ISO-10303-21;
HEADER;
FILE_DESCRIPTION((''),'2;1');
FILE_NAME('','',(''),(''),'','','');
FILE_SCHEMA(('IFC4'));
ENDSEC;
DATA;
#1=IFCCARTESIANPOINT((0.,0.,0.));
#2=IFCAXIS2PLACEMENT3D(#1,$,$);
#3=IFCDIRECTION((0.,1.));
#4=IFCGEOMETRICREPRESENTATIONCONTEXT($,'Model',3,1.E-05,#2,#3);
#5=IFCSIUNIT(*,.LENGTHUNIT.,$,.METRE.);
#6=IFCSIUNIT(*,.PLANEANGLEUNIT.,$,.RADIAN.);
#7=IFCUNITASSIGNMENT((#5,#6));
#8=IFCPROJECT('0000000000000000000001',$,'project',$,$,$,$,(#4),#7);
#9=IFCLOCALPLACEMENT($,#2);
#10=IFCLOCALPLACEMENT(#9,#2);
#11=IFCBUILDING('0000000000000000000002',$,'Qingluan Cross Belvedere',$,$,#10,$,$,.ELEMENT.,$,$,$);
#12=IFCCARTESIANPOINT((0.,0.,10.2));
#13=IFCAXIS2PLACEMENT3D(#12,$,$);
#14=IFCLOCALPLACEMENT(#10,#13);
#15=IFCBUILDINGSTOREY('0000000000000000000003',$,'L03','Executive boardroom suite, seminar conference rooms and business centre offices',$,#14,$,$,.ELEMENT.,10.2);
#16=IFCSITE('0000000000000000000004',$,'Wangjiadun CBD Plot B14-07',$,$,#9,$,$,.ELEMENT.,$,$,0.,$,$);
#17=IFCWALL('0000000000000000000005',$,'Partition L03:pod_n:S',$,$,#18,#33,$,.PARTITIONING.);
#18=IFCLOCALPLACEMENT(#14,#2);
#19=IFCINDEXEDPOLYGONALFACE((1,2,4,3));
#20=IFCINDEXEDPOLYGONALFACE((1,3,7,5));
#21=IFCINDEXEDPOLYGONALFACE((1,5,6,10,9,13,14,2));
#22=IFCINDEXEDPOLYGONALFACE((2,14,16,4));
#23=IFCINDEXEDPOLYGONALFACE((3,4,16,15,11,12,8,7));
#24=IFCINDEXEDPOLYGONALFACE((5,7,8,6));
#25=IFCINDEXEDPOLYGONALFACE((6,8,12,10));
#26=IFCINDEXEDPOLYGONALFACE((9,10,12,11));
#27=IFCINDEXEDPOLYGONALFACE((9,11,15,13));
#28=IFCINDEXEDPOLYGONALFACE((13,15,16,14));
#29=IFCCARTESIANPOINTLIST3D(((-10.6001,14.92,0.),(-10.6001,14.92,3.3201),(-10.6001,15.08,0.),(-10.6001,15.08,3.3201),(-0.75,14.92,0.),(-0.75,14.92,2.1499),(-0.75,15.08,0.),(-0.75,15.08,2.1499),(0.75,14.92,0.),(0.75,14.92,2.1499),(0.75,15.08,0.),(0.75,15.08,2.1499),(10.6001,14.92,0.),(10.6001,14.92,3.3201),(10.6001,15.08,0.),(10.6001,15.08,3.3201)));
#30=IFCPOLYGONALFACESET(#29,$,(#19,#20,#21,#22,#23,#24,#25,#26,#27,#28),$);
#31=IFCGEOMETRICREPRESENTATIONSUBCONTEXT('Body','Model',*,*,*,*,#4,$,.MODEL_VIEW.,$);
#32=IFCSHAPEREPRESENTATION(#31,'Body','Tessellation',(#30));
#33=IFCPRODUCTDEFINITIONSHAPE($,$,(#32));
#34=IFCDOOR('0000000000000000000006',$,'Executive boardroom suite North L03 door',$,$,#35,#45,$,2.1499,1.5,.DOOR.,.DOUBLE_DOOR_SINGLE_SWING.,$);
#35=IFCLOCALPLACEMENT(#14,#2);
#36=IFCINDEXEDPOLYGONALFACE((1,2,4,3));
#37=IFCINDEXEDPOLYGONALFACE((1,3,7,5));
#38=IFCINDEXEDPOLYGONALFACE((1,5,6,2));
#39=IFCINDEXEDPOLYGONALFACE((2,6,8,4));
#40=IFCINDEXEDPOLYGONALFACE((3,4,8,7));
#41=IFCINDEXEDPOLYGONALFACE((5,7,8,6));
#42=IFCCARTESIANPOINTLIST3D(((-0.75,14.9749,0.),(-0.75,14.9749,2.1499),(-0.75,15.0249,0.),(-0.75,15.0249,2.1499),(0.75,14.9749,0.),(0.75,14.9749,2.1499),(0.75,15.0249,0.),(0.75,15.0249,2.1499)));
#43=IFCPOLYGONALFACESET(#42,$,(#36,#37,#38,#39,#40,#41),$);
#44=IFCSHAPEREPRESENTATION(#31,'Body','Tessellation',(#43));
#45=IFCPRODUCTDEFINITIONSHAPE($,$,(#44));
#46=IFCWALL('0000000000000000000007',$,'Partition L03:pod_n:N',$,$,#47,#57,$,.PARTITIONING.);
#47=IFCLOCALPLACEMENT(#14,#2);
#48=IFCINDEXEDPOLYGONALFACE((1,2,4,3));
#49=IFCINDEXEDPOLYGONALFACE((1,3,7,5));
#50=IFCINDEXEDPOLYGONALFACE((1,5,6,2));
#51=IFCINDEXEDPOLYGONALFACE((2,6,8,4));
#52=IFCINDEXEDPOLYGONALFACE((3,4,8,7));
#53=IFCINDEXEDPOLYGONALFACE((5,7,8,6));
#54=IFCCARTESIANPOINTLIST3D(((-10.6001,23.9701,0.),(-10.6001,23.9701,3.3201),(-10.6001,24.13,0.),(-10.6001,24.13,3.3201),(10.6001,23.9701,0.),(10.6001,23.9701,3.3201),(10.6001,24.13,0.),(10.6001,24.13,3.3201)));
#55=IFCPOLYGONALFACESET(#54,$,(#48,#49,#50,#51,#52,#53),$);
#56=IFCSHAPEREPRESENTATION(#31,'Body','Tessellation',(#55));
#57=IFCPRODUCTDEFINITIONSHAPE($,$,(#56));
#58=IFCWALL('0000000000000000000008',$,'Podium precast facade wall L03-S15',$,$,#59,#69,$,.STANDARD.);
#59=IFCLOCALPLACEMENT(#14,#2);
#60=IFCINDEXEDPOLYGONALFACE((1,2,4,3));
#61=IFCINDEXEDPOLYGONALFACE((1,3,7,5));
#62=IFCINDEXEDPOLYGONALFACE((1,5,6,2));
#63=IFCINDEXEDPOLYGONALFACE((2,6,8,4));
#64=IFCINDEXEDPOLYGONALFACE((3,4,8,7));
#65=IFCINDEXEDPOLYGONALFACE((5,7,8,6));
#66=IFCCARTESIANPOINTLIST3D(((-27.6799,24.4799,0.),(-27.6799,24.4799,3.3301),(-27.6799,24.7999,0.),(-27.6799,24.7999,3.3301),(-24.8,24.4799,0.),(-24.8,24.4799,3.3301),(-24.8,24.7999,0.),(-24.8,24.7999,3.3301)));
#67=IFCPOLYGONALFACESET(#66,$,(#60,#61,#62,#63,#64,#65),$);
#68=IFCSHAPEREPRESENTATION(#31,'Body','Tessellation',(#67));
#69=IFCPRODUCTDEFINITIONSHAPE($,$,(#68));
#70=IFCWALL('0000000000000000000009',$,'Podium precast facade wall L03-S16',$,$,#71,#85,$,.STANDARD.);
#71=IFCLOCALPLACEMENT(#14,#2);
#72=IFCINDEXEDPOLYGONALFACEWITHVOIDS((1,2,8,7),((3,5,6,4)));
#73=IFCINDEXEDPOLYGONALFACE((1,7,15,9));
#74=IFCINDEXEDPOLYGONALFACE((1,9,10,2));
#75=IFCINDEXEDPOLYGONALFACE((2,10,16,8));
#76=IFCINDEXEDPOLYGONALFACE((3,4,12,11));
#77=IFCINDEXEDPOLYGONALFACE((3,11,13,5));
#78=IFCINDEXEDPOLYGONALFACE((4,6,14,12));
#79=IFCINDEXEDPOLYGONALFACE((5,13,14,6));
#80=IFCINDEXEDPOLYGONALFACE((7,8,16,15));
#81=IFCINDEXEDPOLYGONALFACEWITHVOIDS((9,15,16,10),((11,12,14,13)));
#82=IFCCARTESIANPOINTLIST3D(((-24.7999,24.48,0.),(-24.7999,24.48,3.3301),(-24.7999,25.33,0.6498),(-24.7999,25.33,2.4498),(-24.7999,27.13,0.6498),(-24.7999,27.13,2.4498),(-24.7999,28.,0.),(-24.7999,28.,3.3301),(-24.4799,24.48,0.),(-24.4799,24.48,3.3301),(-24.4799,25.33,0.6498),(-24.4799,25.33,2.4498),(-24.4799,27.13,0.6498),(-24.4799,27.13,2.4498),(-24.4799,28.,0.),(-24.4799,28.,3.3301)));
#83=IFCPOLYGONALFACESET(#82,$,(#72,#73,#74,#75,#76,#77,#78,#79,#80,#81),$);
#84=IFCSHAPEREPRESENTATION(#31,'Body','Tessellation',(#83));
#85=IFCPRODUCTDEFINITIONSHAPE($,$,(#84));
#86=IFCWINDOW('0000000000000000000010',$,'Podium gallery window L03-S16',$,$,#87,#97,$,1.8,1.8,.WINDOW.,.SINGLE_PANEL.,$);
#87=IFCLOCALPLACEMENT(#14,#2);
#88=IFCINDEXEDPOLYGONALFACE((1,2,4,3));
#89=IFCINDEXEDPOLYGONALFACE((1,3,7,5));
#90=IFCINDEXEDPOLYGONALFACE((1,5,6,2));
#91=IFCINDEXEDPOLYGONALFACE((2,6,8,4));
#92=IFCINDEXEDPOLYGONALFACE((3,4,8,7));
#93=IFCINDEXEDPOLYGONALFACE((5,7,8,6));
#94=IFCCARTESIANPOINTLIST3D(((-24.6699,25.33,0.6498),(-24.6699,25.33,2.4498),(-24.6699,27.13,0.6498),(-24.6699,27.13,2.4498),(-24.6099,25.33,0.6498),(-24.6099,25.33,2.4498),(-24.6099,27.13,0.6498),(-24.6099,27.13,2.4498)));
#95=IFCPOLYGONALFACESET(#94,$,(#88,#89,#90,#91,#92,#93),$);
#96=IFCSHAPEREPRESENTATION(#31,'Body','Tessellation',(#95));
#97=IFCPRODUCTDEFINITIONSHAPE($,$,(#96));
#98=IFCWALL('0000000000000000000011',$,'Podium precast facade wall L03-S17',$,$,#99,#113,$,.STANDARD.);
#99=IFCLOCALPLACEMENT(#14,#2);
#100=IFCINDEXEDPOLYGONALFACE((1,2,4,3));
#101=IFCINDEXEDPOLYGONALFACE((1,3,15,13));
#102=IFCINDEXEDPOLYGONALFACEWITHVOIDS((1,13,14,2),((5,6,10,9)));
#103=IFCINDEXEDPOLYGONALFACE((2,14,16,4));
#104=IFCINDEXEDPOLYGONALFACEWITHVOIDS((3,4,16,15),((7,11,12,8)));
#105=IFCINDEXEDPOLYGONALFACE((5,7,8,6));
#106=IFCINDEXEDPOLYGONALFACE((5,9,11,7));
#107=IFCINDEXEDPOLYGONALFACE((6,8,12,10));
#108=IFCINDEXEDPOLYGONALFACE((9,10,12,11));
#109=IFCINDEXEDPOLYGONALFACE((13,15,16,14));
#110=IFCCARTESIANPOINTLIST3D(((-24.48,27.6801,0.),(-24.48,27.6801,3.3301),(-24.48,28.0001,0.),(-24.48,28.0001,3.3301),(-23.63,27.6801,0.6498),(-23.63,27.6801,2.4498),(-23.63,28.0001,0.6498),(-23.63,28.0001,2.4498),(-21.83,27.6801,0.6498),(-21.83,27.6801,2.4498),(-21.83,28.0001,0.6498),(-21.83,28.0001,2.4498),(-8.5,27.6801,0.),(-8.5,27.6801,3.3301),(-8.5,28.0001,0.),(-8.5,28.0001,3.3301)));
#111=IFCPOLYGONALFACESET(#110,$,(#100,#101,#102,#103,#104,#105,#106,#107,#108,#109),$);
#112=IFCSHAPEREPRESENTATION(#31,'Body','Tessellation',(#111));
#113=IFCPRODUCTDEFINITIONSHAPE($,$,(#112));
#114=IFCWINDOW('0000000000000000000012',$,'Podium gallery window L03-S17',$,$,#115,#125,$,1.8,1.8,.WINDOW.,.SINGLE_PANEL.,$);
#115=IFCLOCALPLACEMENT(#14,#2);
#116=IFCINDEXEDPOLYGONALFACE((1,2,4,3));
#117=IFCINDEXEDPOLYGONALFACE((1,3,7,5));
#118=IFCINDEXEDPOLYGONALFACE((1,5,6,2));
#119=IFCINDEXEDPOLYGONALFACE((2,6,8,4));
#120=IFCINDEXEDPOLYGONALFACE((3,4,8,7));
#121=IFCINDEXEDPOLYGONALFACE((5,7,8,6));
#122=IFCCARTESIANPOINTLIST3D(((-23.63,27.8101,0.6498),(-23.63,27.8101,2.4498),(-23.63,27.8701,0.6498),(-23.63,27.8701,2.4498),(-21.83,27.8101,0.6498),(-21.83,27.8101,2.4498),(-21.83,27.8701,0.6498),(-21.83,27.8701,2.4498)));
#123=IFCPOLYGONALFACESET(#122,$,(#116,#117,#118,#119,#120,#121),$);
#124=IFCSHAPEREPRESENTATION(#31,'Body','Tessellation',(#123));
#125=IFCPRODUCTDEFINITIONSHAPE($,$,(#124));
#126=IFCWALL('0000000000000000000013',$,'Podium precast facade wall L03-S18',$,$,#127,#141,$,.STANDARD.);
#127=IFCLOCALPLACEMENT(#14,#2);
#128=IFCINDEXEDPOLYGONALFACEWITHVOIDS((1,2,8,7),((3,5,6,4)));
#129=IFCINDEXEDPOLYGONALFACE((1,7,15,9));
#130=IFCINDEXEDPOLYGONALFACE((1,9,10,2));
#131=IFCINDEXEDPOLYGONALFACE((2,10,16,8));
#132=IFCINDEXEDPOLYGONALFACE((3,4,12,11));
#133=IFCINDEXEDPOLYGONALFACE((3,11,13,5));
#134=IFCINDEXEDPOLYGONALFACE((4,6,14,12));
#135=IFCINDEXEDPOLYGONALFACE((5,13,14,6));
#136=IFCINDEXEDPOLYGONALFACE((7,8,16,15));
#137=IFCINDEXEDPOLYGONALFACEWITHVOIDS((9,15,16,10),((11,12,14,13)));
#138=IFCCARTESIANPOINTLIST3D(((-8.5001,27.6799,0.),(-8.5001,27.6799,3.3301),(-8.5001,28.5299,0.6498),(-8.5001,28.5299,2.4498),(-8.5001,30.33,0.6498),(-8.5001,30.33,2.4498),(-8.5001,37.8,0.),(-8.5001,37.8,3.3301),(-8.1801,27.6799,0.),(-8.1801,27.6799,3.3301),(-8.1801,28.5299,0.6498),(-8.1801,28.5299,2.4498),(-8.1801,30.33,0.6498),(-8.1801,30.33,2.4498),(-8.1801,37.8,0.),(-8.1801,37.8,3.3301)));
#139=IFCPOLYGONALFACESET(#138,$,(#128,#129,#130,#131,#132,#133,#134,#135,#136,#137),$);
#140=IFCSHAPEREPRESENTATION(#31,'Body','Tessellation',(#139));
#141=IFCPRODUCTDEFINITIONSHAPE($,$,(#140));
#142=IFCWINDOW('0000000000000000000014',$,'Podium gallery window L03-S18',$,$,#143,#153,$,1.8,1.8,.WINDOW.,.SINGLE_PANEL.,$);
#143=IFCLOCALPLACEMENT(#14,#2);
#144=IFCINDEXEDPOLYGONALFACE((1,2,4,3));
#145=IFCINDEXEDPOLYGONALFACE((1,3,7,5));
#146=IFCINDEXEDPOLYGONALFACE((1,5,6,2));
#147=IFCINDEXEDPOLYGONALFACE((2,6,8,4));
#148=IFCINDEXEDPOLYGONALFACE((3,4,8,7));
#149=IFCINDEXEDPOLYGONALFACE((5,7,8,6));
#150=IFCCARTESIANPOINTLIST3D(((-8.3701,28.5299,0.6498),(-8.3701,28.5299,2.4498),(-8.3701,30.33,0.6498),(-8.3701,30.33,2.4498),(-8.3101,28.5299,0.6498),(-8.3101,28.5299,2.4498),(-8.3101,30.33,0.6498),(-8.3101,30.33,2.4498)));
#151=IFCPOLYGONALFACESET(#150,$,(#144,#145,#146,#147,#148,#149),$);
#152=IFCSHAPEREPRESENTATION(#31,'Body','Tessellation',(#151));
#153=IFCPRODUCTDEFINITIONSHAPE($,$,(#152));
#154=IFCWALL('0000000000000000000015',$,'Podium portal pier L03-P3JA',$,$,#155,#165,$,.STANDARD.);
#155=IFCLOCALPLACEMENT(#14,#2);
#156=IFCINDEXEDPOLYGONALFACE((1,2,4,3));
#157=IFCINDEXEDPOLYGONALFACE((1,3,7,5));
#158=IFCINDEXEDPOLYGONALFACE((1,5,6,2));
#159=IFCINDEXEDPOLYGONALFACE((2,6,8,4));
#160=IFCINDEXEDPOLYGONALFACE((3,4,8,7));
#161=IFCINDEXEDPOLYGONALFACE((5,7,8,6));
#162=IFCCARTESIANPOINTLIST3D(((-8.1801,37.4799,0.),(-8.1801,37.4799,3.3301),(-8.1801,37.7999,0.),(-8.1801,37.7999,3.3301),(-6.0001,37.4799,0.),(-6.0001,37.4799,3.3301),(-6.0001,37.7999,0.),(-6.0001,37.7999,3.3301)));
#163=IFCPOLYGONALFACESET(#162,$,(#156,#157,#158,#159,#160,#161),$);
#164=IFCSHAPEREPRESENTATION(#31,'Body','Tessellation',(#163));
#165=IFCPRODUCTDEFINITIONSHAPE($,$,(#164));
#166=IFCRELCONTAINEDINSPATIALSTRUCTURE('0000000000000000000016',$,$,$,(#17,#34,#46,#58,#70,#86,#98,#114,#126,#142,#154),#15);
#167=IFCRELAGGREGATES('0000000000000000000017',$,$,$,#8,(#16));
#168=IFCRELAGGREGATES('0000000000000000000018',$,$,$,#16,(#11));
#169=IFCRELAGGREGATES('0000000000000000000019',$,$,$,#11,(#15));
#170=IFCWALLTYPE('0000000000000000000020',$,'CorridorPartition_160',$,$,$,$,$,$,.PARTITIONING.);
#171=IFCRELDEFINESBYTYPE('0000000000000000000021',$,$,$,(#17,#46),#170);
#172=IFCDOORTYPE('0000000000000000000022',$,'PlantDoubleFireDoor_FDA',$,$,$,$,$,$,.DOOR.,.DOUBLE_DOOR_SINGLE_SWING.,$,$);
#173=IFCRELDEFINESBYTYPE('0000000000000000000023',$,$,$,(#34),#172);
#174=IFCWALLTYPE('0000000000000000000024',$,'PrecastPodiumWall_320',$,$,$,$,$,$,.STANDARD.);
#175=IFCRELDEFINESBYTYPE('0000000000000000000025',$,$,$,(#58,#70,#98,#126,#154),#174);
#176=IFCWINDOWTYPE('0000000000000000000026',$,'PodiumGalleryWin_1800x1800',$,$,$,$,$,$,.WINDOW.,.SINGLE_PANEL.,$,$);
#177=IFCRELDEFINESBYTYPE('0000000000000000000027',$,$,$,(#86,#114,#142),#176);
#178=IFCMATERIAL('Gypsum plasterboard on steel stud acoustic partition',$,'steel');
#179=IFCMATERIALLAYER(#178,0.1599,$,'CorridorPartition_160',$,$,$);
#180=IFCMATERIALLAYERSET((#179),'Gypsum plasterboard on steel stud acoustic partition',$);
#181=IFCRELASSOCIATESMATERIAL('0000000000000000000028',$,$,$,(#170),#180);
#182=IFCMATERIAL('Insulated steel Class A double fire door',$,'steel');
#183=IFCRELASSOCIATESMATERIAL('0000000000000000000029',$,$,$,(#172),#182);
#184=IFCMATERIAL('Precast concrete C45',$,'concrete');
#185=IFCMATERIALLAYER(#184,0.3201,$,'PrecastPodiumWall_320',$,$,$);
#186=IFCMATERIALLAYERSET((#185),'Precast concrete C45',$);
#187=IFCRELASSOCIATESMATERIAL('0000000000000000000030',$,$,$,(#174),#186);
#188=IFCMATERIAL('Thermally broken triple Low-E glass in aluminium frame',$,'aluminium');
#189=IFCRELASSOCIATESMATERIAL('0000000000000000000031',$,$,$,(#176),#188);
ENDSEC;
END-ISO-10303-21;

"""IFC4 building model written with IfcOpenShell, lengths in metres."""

from ifc_helpers import new_model, si_unit, direction, frame, frame_2d, origin, place, context, subcontext, project, spatial, rectangle, extrude, material, layer, layer_set, type_object, element, fill, save


model = new_model("IFC4")

# Units and contexts
model_context = context("Model", 3, precision=1e-05, world=origin(), true_north=direction((0.0, 1.0)))
body_context = subcontext(model_context, "Body", "Model", "MODEL_VIEW")
ifc_project = project(units=[si_unit("LENGTHUNIT", "METRE"), si_unit("PLANEANGLEUNIT", "RADIAN")], contexts=[model_context])

# Site, building, storey
site_placement = place(None, origin())
site = spatial("IfcSite", under=ifc_project, at=site_placement, Name="Wangjiadun CBD Plot B14-07", CompositionType="ELEMENT", RefElevation=0.0)
building_placement = place(site_placement, origin())
building = spatial("IfcBuilding", under=site, at=building_placement, Name="Qingluan Cross Belvedere", CompositionType="ELEMENT")
storey_placement = place(building_placement, frame((0.0, 0.0, 10.2)))
storey = spatial("IfcBuildingStorey", under=building, at=storey_placement, Name="L03", Description="Executive boardroom suite, seminar conference rooms and business centre offices", CompositionType="ELEMENT", Elevation=10.2)

# Wall, opening, door
ifc_material_1 = material(Name="Gypsum plasterboard on steel stud acoustic partition", Category="steel")
ifc_layer_1 = layer(ifc_material_1, 0.1599, Name="CorridorPartition_160")
ifc_layer_set_1 = layer_set([ifc_layer_1], Name="Gypsum plasterboard on steel stud acoustic partition")
wall_type_1 = type_object("IfcWallType", Name="CorridorPartition_160", PredefinedType="PARTITIONING", material=ifc_layer_set_1)
wall_1_placement = place(storey_placement, frame((-10.6001, 15.0, 0.0), z_axis=(0.0, 0.0, 1.0), x_axis=(1.0, 0.0, 0.0)))
wall_1 = element("IfcWall", 1, at=wall_1_placement, inside=storey, type_object=wall_type_1, Name="Partition L03:pod_n:S", PredefinedType="PARTITIONING", context=body_context, shape_type="SweptSolid", body=[
    extrude(rectangle(XDim=21.2002, YDim=0.1599, at=frame_2d((10.6001, 0.0))), origin(), (0.0, 0.0, 1.0), 3.3201),
])
opening_1_placement = place(wall_1_placement, frame((9.8501, 0.0, 0.0)))
opening_1 = element("IfcOpeningElement", 2, at=opening_1_placement, cuts=wall_1, PredefinedType="OPENING", context=body_context, shape_type="SweptSolid", body=[
    extrude(rectangle(XDim=1.5, YDim=2.1499, at=frame_2d((0.75, 1.075))), frame((0.0, 0.0898, 0.0), z_axis=(0.0, -1.0, 0.0), x_axis=(1.0, 0.0, 0.0)), (0.0, 0.0, 1.0), 0.1799),
])
ifc_material_2 = material(Name="Insulated steel Class A double fire door", Category="steel")
door_type = type_object("IfcDoorType", Name="PlantDoubleFireDoor_FDA", OperationType="DOUBLE_DOOR_SINGLE_SWING", PredefinedType="DOOR", material=ifc_material_2)
door_placement = place(opening_1_placement, origin())
door = element("IfcDoor", 3, at=door_placement, inside=storey, type_object=door_type, Name="Executive boardroom suite North L03 door", OperationType="DOUBLE_DOOR_SINGLE_SWING", OverallHeight=2.1499, OverallWidth=1.5, PredefinedType="DOOR", context=body_context, shape_type="SweptSolid", body=[
    extrude(rectangle(XDim=1.5, YDim=2.1499, at=frame_2d((0.75, 1.075))), frame((0.0, 0.0249, 0.0), z_axis=(0.0, -1.0, 0.0), x_axis=(1.0, 0.0, 0.0)), (0.0, 0.0, 1.0), 0.05),
])
fill(opening_1, door)

# Walls
wall_2_placement = place(storey_placement, frame((-10.6001, 24.05, 0.0), z_axis=(0.0, 0.0, 1.0), x_axis=(1.0, 0.0, 0.0)))
element("IfcWall", 4, at=wall_2_placement, inside=storey, type_object=wall_type_1, Name="Partition L03:pod_n:N", PredefinedType="PARTITIONING", context=body_context, shape_type="SweptSolid", body=[
    extrude(rectangle(XDim=21.2002, YDim=0.1599, at=frame_2d((10.6001, 0.0))), origin(), (0.0, 0.0, 1.0), 3.3201),
])
ifc_material_3 = material(Name="Precast concrete C45", Category="concrete")
ifc_layer_2 = layer(ifc_material_3, 0.3201, Name="PrecastPodiumWall_320")
ifc_layer_set_2 = layer_set([ifc_layer_2], Name="Precast concrete C45")
wall_type_2 = type_object("IfcWallType", Name="PrecastPodiumWall_320", PredefinedType="STANDARD", material=ifc_layer_set_2)
wall_3_placement = place(storey_placement, frame((-27.6799, 24.6399, 0.0), z_axis=(0.0, 0.0, 1.0), x_axis=(1.0, 0.0, 0.0)))
element("IfcWall", 5, at=wall_3_placement, inside=storey, type_object=wall_type_2, Name="Podium precast facade wall L03-S15", PredefinedType="STANDARD", context=body_context, shape_type="SweptSolid", body=[
    extrude(rectangle(XDim=2.8799, YDim=0.3201, at=frame_2d((1.4399, 0.0))), origin(), (0.0, 0.0, 1.0), 3.3301),
])

# Walls, openings, windows
wall_4_placement = place(storey_placement, frame((-24.6399, 24.48, 0.0), z_axis=(0.0, 0.0, 1.0), x_axis=(0.0, 1.0, 0.0)))
wall_4 = element("IfcWall", 6, at=wall_4_placement, inside=storey, type_object=wall_type_2, Name="Podium precast facade wall L03-S16", PredefinedType="STANDARD", context=body_context, shape_type="SweptSolid", body=[
    extrude(rectangle(XDim=3.52, YDim=0.3201, at=frame_2d((1.76, 0.0))), origin(), (0.0, 0.0, 1.0), 3.3301),
])
opening_2_placement = place(wall_4_placement, frame((0.8501, 0.0, 0.6499)))
opening_2 = element("IfcOpeningElement", 7, at=opening_2_placement, cuts=wall_4, PredefinedType="OPENING", context=body_context, shape_type="SweptSolid", body=[
    extrude(rectangle(XDim=1.8, YDim=1.8, at=frame_2d((0.8999, 0.8999))), frame((0.0, 0.1699, 0.0), z_axis=(0.0, -1.0, 0.0), x_axis=(1.0, 0.0, 0.0)), (0.0, 0.0, 1.0), 0.3401),
])
ifc_material_4 = material(Name="Thermally broken triple Low-E glass in aluminium frame", Category="aluminium")
window_type = type_object("IfcWindowType", Name="PodiumGalleryWin_1800x1800", PartitioningType="SINGLE_PANEL", PredefinedType="WINDOW", material=ifc_material_4)
window_1_placement = place(opening_2_placement, origin())
window_1 = element("IfcWindow", 8, at=window_1_placement, inside=storey, type_object=window_type, Name="Podium gallery window L03-S16", OverallHeight=1.8, OverallWidth=1.8, PartitioningType="SINGLE_PANEL", PredefinedType="WINDOW", context=body_context, shape_type="SweptSolid", body=[
    extrude(rectangle(XDim=1.8, YDim=1.8, at=frame_2d((0.8999, 0.8999))), frame((0.0, 0.03, 0.0), z_axis=(0.0, -1.0, 0.0), x_axis=(1.0, 0.0, 0.0)), (0.0, 0.0, 1.0), 0.0601),
])
fill(opening_2, window_1)
wall_5_placement = place(storey_placement, frame((-24.48, 27.8401, 0.0), z_axis=(0.0, 0.0, 1.0), x_axis=(1.0, 0.0, 0.0)))
wall_5 = element("IfcWall", 9, at=wall_5_placement, inside=storey, type_object=wall_type_2, Name="Podium precast facade wall L03-S17", PredefinedType="STANDARD", context=body_context, shape_type="SweptSolid", body=[
    extrude(rectangle(XDim=15.98, YDim=0.3201, at=frame_2d((7.99, 0.0))), origin(), (0.0, 0.0, 1.0), 3.3301),
])
opening_3_placement = place(wall_5_placement, frame((0.8501, 0.0, 0.6499)))
opening_3 = element("IfcOpeningElement", 10, at=opening_3_placement, cuts=wall_5, PredefinedType="OPENING", context=body_context, shape_type="SweptSolid", body=[
    extrude(rectangle(XDim=1.8, YDim=1.8, at=frame_2d((0.8999, 0.8999))), frame((0.0, 0.1699, 0.0), z_axis=(0.0, -1.0, 0.0), x_axis=(1.0, 0.0, 0.0)), (0.0, 0.0, 1.0), 0.3401),
])
window_2_placement = place(opening_3_placement, origin())
window_2 = element("IfcWindow", 11, at=window_2_placement, inside=storey, type_object=window_type, Name="Podium gallery window L03-S17", OverallHeight=1.8, OverallWidth=1.8, PartitioningType="SINGLE_PANEL", PredefinedType="WINDOW", context=body_context, shape_type="SweptSolid", body=[
    extrude(rectangle(XDim=1.8, YDim=1.8, at=frame_2d((0.8999, 0.8999))), frame((0.0, 0.03, 0.0), z_axis=(0.0, -1.0, 0.0), x_axis=(1.0, 0.0, 0.0)), (0.0, 0.0, 1.0), 0.0601),
])
fill(opening_3, window_2)
wall_6_placement = place(storey_placement, frame((-8.3401, 27.6799, 0.0), z_axis=(0.0, 0.0, 1.0), x_axis=(0.0, 1.0, 0.0)))
wall_6 = element("IfcWall", 12, at=wall_6_placement, inside=storey, type_object=wall_type_2, Name="Podium precast facade wall L03-S18", PredefinedType="STANDARD", context=body_context, shape_type="SweptSolid", body=[
    extrude(rectangle(XDim=10.1201, YDim=0.3201, at=frame_2d((5.0601, 0.0))), origin(), (0.0, 0.0, 1.0), 3.3301),
])
opening_4_placement = place(wall_6_placement, frame((0.8501, 0.0, 0.6499)))
opening_4 = element("IfcOpeningElement", 13, at=opening_4_placement, cuts=wall_6, PredefinedType="OPENING", context=body_context, shape_type="SweptSolid", body=[
    extrude(rectangle(XDim=1.8, YDim=1.8, at=frame_2d((0.8999, 0.8999))), frame((0.0, 0.1699, 0.0), z_axis=(0.0, -1.0, 0.0), x_axis=(1.0, 0.0, 0.0)), (0.0, 0.0, 1.0), 0.3401),
])
window_3_placement = place(opening_4_placement, origin())
window_3 = element("IfcWindow", 14, at=window_3_placement, inside=storey, type_object=window_type, Name="Podium gallery window L03-S18", OverallHeight=1.8, OverallWidth=1.8, PartitioningType="SINGLE_PANEL", PredefinedType="WINDOW", context=body_context, shape_type="SweptSolid", body=[
    extrude(rectangle(XDim=1.8, YDim=1.8, at=frame_2d((0.8999, 0.8999))), frame((0.0, 0.03, 0.0), z_axis=(0.0, -1.0, 0.0), x_axis=(1.0, 0.0, 0.0)), (0.0, 0.0, 1.0), 0.0601),
])
fill(opening_4, window_3)

# Wall
wall_7_placement = place(storey_placement, frame((-8.1799, 37.6399, 0.0), z_axis=(0.0, 0.0, 1.0), x_axis=(1.0, 0.0, 0.0)))
element("IfcWall", 15, at=wall_7_placement, inside=storey, type_object=wall_type_2, Name="Podium portal pier L03-P3JA", PredefinedType="STANDARD", context=body_context, shape_type="SweptSolid", body=[
    extrude(rectangle(XDim=2.1799, YDim=0.3201, at=frame_2d((1.0898, 0.0))), origin(), (0.0, 0.0, 1.0), 3.3301),
])

save(model, "model.ifc")
